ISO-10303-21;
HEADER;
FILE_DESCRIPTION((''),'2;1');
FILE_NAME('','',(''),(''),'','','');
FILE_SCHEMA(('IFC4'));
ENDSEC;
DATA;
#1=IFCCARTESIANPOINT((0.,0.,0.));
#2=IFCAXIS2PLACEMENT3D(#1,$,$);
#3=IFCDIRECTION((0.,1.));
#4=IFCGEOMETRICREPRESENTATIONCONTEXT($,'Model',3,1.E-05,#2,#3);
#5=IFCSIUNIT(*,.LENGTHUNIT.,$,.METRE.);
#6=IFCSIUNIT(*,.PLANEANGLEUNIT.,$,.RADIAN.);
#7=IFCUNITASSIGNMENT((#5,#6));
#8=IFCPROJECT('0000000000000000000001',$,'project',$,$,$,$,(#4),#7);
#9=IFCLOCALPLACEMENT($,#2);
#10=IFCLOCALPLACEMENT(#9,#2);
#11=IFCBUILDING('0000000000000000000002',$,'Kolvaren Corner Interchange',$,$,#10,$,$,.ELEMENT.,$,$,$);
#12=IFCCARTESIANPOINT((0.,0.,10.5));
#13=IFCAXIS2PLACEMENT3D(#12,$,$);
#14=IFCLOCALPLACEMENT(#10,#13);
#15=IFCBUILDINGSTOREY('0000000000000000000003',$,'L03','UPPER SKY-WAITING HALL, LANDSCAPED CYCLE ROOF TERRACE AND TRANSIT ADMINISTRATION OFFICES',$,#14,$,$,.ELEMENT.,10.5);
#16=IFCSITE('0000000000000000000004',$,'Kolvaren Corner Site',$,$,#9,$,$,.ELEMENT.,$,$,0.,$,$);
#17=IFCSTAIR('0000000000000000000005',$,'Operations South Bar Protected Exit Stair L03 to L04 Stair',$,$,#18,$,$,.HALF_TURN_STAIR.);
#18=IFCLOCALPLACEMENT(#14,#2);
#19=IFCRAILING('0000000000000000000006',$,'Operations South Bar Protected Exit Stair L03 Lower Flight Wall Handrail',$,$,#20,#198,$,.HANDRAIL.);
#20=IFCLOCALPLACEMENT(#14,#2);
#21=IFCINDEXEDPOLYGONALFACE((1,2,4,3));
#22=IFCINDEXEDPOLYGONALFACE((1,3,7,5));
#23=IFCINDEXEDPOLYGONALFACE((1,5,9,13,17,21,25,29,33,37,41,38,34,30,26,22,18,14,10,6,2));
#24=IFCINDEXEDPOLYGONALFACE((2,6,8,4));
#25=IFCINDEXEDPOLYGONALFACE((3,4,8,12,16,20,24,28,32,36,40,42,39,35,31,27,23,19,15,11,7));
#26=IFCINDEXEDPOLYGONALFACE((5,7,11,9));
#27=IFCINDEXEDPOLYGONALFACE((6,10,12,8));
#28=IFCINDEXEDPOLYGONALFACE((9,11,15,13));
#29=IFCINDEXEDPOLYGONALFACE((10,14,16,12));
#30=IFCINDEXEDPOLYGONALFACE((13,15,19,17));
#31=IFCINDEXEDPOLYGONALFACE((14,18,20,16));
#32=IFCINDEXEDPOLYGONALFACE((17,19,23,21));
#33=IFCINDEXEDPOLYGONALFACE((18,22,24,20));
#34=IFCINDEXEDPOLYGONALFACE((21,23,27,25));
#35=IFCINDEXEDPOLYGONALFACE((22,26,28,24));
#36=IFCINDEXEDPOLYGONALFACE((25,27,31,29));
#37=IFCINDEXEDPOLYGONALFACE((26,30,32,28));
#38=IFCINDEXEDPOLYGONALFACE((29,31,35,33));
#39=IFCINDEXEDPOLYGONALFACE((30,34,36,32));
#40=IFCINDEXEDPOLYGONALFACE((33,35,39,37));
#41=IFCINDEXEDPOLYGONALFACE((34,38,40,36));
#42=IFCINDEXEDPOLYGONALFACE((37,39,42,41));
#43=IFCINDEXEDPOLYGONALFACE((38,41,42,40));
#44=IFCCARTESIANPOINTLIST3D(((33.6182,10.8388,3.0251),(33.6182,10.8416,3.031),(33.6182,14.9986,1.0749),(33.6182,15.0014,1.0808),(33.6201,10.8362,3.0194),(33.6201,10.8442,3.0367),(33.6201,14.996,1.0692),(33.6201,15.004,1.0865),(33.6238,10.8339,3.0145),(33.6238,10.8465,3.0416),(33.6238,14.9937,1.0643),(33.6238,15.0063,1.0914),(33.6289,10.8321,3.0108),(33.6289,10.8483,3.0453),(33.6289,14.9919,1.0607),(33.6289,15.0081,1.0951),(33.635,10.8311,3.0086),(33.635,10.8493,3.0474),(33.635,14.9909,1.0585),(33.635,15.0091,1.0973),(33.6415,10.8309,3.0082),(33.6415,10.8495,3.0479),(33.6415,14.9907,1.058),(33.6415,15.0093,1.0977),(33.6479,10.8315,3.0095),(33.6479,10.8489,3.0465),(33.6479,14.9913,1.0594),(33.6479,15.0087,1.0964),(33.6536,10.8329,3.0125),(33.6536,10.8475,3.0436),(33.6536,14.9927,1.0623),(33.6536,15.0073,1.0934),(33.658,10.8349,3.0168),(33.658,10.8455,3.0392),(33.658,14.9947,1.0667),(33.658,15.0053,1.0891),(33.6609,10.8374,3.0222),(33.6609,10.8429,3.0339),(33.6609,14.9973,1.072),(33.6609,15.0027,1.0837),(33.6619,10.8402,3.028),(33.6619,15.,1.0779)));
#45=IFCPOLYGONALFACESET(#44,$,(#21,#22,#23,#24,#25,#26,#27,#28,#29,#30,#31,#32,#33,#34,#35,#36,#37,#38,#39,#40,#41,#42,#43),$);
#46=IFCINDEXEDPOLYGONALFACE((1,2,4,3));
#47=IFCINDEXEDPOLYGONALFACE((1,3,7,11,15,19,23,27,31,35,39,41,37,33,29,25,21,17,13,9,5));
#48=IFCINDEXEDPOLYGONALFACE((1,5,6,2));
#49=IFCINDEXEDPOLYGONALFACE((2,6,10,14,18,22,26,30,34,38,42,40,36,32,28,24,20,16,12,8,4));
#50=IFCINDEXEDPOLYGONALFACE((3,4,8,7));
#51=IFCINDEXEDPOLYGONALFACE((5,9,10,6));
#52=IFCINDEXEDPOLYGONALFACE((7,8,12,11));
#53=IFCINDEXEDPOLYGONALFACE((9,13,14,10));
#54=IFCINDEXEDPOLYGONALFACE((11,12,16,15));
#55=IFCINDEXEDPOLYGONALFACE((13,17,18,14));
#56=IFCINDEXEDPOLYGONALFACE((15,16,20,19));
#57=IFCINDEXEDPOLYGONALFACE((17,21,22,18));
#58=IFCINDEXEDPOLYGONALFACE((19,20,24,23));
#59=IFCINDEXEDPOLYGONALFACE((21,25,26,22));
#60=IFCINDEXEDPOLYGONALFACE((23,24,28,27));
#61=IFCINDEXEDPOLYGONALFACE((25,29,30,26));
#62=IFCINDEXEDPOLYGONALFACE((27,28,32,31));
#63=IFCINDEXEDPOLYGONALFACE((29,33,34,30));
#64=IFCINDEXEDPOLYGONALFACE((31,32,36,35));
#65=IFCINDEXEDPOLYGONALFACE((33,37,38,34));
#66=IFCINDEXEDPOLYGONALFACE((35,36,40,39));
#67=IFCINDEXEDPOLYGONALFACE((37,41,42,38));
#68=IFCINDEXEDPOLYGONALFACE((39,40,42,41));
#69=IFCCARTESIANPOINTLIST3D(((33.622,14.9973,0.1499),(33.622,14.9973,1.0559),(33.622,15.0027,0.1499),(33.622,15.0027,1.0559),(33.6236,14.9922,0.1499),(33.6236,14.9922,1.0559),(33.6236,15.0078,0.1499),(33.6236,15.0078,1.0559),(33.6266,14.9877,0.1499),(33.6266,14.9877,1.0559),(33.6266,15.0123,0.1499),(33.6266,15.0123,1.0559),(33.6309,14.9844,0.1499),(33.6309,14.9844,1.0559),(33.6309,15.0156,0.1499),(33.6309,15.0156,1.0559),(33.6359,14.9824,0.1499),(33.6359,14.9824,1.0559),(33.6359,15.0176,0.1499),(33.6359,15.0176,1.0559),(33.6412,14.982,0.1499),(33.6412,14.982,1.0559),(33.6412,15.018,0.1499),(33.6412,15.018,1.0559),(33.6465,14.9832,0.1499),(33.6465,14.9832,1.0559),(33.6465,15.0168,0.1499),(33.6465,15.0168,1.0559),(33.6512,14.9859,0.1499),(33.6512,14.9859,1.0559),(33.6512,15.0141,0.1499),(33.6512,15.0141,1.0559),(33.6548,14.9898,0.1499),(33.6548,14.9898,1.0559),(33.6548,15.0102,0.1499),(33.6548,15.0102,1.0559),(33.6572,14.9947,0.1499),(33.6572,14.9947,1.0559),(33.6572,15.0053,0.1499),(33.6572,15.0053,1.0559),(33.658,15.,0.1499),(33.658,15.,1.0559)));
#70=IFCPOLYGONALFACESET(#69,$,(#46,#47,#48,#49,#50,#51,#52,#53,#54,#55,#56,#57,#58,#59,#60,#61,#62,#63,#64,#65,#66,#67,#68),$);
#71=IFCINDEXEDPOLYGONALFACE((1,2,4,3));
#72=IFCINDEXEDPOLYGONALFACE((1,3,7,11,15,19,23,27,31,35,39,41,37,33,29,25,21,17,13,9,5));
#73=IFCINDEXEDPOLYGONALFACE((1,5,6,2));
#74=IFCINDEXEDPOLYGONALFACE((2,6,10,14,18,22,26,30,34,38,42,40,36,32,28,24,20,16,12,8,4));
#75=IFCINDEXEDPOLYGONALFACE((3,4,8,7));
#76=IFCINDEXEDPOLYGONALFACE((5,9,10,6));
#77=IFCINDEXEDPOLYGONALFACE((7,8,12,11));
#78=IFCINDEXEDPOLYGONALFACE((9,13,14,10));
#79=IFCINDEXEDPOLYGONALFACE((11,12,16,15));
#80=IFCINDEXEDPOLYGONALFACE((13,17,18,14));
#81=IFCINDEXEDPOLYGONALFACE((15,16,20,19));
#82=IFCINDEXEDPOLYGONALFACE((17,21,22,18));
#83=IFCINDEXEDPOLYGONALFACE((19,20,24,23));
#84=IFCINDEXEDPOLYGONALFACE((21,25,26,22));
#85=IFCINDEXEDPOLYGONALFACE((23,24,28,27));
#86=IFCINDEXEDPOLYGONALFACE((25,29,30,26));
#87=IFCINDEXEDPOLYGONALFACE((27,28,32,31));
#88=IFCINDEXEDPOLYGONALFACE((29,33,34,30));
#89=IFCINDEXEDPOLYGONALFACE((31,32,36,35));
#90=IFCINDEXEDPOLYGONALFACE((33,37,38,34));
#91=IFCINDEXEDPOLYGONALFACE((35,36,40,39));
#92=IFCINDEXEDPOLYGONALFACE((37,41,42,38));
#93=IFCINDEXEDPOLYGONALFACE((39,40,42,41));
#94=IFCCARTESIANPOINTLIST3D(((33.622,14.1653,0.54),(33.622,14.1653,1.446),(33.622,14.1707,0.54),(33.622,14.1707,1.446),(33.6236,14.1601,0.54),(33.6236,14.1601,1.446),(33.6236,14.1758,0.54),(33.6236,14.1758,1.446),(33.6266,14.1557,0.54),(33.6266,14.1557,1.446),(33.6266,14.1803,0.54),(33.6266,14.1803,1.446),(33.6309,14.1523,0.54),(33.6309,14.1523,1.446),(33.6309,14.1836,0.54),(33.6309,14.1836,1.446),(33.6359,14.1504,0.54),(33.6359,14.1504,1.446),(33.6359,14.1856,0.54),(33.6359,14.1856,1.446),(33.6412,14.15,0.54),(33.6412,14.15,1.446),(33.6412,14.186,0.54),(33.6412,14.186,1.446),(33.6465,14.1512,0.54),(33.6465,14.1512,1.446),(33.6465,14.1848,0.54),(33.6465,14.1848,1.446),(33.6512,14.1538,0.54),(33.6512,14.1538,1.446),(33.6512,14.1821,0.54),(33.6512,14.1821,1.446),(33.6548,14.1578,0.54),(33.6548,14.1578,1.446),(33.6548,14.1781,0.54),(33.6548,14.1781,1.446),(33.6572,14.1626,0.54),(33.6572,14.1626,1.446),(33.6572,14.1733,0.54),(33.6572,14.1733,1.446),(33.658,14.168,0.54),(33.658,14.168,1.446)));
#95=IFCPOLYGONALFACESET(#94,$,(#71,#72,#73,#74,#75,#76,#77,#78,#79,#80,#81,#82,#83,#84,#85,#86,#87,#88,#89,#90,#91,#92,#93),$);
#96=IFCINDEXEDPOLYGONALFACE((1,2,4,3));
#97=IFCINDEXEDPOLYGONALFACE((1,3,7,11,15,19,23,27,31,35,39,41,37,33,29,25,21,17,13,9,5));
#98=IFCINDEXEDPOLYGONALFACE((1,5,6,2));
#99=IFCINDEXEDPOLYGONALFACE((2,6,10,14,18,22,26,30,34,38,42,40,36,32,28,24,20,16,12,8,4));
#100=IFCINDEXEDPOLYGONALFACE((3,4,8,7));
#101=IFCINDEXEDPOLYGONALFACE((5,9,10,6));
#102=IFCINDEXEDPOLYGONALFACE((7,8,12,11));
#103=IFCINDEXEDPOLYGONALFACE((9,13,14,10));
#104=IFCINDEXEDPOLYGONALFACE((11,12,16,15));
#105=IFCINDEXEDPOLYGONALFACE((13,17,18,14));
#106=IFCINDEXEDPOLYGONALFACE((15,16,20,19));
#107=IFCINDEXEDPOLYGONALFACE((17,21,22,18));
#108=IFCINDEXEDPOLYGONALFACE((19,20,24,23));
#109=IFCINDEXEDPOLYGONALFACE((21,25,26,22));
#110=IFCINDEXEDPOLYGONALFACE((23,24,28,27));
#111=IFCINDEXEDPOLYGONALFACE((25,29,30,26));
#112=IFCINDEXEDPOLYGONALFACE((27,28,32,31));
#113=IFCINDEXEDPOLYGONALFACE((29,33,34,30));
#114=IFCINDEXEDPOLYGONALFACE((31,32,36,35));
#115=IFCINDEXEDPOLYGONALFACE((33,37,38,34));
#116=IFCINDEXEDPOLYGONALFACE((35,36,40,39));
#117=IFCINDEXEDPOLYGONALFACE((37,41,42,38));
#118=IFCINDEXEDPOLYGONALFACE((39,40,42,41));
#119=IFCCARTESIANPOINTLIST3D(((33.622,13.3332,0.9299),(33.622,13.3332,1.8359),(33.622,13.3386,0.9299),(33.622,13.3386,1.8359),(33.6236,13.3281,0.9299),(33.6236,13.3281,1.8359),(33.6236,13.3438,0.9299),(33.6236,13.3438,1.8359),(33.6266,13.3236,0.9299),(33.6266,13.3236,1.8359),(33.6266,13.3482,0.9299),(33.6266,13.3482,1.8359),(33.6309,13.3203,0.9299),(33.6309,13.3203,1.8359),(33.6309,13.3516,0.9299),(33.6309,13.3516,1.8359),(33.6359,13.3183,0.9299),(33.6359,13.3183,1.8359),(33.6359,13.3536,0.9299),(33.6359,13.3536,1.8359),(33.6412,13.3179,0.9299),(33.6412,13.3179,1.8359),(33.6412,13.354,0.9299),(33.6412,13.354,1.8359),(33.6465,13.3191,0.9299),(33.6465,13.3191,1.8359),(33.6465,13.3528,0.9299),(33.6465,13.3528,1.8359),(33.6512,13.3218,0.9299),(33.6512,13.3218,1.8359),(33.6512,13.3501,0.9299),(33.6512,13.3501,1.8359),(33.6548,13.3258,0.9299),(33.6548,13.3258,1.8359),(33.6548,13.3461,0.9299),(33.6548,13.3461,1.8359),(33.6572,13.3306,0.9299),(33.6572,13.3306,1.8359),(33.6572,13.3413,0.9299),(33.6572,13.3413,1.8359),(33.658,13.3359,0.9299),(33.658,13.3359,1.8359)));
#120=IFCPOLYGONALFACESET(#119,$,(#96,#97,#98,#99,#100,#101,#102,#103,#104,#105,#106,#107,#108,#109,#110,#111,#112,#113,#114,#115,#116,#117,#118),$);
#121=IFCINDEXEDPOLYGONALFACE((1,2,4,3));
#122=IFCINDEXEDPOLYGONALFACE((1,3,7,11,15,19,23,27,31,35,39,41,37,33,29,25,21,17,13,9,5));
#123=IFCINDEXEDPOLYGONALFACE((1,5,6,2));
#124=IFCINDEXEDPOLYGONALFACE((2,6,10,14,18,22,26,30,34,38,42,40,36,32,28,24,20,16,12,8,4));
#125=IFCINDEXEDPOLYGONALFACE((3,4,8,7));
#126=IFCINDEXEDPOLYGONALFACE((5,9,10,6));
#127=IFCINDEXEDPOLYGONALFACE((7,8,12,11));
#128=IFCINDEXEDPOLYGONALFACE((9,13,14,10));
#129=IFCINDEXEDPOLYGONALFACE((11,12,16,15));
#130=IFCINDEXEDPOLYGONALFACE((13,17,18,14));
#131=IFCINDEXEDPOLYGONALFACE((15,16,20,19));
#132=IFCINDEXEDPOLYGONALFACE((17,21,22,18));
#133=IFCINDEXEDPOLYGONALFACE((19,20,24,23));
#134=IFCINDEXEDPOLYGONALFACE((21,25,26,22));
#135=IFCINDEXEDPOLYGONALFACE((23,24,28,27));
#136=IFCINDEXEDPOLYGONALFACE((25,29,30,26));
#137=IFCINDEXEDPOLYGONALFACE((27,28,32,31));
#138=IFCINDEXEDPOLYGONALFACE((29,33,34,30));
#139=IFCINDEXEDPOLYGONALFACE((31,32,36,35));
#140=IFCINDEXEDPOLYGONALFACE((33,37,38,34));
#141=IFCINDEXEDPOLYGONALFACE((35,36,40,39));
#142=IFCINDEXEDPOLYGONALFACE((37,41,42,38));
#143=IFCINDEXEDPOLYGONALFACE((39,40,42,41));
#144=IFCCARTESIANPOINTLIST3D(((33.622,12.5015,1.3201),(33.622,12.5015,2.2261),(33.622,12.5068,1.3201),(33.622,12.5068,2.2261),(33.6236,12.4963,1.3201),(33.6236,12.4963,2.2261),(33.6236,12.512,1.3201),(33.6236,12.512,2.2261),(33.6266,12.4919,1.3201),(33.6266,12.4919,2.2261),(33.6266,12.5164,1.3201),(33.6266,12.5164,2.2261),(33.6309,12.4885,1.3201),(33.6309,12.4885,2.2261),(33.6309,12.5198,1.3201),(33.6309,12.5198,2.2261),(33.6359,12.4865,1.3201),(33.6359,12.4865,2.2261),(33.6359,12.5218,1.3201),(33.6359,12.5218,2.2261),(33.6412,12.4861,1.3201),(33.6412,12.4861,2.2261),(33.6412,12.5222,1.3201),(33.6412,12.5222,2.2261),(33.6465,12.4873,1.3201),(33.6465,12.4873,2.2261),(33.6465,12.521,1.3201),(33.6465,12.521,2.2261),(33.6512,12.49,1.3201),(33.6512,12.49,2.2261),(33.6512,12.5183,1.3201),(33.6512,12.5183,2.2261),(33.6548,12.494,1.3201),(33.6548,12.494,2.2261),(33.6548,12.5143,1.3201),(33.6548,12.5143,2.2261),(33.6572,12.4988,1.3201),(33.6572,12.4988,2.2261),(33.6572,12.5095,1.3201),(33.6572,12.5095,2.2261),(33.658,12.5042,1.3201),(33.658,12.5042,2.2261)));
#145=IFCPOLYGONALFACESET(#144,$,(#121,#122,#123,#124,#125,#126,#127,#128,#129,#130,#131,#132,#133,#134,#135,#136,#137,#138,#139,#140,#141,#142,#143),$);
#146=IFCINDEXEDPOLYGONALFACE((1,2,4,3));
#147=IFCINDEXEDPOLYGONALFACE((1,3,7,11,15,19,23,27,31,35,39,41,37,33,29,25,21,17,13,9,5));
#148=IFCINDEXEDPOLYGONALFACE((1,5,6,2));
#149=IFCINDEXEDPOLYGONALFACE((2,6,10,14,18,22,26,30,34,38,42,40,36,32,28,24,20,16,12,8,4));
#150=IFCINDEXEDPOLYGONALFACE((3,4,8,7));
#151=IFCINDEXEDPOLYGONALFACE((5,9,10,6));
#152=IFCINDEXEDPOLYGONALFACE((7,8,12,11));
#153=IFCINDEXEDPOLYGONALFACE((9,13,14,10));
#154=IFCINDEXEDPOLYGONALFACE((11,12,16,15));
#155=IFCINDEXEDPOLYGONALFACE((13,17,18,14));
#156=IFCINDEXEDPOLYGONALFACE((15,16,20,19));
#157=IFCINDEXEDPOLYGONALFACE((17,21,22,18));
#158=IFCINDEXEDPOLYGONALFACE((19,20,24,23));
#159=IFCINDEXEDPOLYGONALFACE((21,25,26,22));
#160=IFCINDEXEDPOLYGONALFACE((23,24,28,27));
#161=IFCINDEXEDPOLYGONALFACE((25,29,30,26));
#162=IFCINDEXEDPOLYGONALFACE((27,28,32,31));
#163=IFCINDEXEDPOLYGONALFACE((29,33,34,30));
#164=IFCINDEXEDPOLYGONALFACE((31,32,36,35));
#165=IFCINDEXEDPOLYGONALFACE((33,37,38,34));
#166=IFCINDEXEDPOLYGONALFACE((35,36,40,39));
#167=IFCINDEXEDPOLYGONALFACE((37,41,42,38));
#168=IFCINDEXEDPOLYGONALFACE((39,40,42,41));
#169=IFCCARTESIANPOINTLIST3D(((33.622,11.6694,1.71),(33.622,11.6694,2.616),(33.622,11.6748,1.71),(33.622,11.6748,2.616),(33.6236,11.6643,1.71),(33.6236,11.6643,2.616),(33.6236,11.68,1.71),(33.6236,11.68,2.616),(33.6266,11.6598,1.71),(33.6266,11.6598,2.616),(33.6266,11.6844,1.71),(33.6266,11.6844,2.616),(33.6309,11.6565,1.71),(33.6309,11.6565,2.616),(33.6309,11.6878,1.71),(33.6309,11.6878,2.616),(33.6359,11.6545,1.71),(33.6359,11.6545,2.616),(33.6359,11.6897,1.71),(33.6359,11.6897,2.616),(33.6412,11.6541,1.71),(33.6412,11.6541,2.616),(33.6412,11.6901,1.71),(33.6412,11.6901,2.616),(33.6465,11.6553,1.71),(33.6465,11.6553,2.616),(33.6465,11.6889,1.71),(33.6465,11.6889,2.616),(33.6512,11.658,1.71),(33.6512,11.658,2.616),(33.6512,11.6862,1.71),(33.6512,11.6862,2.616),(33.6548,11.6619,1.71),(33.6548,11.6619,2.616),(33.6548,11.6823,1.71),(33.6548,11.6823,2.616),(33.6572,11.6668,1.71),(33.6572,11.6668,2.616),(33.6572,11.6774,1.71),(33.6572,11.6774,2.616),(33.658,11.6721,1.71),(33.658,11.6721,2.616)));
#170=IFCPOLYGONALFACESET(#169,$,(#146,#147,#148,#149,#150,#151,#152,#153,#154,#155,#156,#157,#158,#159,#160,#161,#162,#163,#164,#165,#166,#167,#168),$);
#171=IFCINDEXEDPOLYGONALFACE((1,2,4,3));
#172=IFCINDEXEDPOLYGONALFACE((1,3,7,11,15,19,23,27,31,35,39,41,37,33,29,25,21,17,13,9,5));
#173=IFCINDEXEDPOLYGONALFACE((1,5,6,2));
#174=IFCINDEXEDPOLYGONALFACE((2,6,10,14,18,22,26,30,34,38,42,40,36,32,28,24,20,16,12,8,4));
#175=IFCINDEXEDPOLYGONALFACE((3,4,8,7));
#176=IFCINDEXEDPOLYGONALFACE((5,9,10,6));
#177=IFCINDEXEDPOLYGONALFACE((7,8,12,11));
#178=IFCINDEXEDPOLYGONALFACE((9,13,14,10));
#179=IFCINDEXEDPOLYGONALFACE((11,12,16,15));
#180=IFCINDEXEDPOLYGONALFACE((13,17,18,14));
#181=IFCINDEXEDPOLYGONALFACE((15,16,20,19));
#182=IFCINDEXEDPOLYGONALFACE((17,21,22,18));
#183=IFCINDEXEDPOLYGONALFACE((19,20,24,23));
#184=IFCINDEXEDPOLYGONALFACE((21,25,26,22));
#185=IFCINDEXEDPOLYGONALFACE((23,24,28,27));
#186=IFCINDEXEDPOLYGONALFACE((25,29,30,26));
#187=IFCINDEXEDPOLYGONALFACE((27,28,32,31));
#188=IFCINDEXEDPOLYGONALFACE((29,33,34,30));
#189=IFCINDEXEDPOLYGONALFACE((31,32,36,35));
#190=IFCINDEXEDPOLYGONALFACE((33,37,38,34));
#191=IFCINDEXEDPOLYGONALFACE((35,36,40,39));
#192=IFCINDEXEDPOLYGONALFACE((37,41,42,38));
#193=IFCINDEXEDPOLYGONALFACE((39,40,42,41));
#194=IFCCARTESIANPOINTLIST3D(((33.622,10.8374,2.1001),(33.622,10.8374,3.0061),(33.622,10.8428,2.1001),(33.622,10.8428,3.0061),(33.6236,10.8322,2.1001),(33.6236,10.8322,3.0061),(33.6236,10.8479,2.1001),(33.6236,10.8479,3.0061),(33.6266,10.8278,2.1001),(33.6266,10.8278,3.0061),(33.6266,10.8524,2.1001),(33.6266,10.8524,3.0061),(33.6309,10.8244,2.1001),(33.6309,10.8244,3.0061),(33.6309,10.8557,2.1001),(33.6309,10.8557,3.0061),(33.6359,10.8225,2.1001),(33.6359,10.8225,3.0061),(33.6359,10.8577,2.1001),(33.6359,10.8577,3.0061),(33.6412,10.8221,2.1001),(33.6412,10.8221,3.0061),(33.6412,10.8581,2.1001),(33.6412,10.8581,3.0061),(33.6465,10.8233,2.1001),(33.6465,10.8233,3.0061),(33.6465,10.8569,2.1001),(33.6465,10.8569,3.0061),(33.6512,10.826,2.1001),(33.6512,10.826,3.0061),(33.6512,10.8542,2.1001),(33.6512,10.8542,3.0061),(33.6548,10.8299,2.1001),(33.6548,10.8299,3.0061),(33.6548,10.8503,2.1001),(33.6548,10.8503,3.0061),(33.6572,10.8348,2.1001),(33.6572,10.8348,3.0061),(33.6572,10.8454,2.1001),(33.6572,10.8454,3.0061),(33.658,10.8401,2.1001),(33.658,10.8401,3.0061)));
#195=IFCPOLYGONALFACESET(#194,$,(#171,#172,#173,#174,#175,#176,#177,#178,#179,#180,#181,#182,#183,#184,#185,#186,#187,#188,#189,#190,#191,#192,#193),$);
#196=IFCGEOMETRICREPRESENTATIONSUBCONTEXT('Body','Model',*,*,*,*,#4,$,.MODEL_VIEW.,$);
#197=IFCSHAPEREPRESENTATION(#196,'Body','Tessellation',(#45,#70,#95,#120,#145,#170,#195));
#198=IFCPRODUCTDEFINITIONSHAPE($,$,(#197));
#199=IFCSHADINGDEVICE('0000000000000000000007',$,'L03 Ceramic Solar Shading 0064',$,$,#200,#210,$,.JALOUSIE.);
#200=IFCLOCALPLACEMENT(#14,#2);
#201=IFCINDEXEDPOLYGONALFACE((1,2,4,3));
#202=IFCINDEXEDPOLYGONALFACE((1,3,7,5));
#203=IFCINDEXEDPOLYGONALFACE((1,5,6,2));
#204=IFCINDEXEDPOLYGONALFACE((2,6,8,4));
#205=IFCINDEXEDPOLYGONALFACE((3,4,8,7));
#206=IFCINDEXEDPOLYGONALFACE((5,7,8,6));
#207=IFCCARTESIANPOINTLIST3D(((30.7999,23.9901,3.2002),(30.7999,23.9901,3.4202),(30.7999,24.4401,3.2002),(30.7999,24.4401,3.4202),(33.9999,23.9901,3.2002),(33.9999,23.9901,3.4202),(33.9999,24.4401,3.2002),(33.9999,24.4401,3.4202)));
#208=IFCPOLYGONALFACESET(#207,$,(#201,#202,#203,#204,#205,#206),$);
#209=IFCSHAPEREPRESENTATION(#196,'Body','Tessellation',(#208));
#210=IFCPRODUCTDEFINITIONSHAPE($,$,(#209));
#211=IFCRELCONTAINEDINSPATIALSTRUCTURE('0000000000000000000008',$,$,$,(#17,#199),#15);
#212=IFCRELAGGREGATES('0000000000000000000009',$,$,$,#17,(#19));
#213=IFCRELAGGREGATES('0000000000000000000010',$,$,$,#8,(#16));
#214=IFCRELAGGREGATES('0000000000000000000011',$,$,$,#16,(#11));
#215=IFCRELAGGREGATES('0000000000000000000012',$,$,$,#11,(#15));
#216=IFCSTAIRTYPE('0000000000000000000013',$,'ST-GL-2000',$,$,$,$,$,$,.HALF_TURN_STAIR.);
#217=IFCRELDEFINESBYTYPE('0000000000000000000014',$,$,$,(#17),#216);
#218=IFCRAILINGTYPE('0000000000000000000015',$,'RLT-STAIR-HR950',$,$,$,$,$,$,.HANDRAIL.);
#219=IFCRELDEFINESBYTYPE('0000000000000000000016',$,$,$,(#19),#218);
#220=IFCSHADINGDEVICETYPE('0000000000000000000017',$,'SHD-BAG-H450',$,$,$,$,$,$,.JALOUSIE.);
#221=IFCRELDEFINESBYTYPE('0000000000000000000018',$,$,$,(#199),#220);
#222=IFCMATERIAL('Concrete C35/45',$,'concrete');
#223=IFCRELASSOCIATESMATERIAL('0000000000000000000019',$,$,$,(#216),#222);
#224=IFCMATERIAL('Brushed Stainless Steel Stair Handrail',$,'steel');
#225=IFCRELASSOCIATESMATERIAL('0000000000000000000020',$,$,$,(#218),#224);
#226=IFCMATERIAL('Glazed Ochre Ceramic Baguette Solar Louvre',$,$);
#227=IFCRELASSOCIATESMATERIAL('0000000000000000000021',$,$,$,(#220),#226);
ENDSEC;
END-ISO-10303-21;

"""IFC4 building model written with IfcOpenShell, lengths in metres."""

from ifc_helpers import new_model, si_unit, direction, frame, origin, origin_2d, place, context, subcontext, project, spatial, rectangle, circle, extrude, material, type_object, element, aggregate, save


model = new_model("IFC4")

# Units and contexts
model_context = context("Model", 3, precision=1e-05, world=origin(), true_north=direction((0.0, 1.0)))
body_context = subcontext(model_context, "Body", "Model", "MODEL_VIEW")
ifc_project = project(units=[si_unit("LENGTHUNIT", "METRE"), si_unit("PLANEANGLEUNIT", "RADIAN")], contexts=[model_context])

# Site, building, storey
site_placement = place(None, origin())
site = spatial("IfcSite", under=ifc_project, at=site_placement, Name="Kolvaren Corner Site", CompositionType="ELEMENT", RefElevation=0.0)
building_placement = place(site_placement, origin())
building = spatial("IfcBuilding", under=site, at=building_placement, Name="Kolvaren Corner Interchange", CompositionType="ELEMENT")
storey_placement = place(building_placement, frame((0.0, 0.0, 10.5)))
storey = spatial("IfcBuildingStorey", under=building, at=storey_placement, Name="L03", Description="UPPER SKY-WAITING HALL, LANDSCAPED CYCLE ROOF TERRACE AND TRANSIT ADMINISTRATION OFFICES", CompositionType="ELEMENT", Elevation=10.5)

# Stair
ifc_material_1 = material(Name="Concrete C35/45", Category="concrete")
stair_type = type_object("IfcStairType", Name="ST-GL-2000", PredefinedType="HALF_TURN_STAIR", material=ifc_material_1)
stair_placement = place(storey_placement, origin())
stair = element("IfcStair", 1, at=stair_placement, inside=storey, type_object=stair_type, Name="Operations South Bar Protected Exit Stair L03 to L04 Stair", PredefinedType="HALF_TURN_STAIR")

# Railing
ifc_material_2 = material(Name="Brushed Stainless Steel Stair Handrail", Category="steel")
railing_type_1 = type_object("IfcRailingType", Name="RLT-STAIR-HR950", PredefinedType="HANDRAIL", material=ifc_material_2)
railing_1_placement = place(storey_placement, frame((33.6399, 15.0, 0.1499)))
railing_1 = element("IfcRailing", 2, at=railing_1_placement, type_object=railing_type_1, Name="Operations South Bar Protected Exit Stair L03 Lower Flight Wall Handrail", PredefinedType="HANDRAIL", context=body_context, shape_type="SweptSolid", body=[
    extrude(circle(Radius=0.022, at=origin_2d()), frame((0.0, 0.0, 0.928), z_axis=(0.0, -0.905439, 0.424476), x_axis=(1.0, 0.0, 0.0)), (0.0, 0.0, 1.0), 4.5942),
    extrude(circle(Radius=0.0181, at=origin_2d()), origin(), (0.0, 0.0, 1.0), 0.906),
    extrude(circle(Radius=0.0181, at=origin_2d()), frame((0.0, -0.832, 0.3901)), (0.0, 0.0, 1.0), 0.906),
    extrude(circle(Radius=0.0181, at=origin_2d()), frame((0.0, -1.6641, 0.78)), (0.0, 0.0, 1.0), 0.906),
    extrude(circle(Radius=0.0181, at=origin_2d()), frame((0.0, -2.4958, 1.1702)), (0.0, 0.0, 1.0), 0.906),
    extrude(circle(Radius=0.0181, at=origin_2d()), frame((0.0, -3.3279, 1.5601)), (0.0, 0.0, 1.0), 0.906),
    extrude(circle(Radius=0.0181, at=origin_2d()), frame((0.0, -4.1599, 1.9502)), (0.0, 0.0, 1.0), 0.906),
])
aggregate(stair, [railing_1])

# Shading device
ifc_material_3 = material(Name="Glazed Ochre Ceramic Baguette Solar Louvre")
shading_device_type = type_object("IfcShadingDeviceType", Name="SHD-BAG-H450", PredefinedType="JALOUSIE", material=ifc_material_3)
shading_device_placement = place(storey_placement, frame((32.3999, 24.2151, 3.2002), z_axis=(0.0, 0.0, 1.0), x_axis=(-1.0, 0.0, 0.0)))
element("IfcShadingDevice", 3, at=shading_device_placement, inside=storey, type_object=shading_device_type, Name="L03 Ceramic Solar Shading 0064", PredefinedType="JALOUSIE", context=body_context, shape_type="SweptSolid", body=[
    extrude(rectangle(XDim=3.2, YDim=0.45, at=origin_2d()), origin(), (0.0, 0.0, 1.0), 0.22),
])

save(model, "model.ifc")
